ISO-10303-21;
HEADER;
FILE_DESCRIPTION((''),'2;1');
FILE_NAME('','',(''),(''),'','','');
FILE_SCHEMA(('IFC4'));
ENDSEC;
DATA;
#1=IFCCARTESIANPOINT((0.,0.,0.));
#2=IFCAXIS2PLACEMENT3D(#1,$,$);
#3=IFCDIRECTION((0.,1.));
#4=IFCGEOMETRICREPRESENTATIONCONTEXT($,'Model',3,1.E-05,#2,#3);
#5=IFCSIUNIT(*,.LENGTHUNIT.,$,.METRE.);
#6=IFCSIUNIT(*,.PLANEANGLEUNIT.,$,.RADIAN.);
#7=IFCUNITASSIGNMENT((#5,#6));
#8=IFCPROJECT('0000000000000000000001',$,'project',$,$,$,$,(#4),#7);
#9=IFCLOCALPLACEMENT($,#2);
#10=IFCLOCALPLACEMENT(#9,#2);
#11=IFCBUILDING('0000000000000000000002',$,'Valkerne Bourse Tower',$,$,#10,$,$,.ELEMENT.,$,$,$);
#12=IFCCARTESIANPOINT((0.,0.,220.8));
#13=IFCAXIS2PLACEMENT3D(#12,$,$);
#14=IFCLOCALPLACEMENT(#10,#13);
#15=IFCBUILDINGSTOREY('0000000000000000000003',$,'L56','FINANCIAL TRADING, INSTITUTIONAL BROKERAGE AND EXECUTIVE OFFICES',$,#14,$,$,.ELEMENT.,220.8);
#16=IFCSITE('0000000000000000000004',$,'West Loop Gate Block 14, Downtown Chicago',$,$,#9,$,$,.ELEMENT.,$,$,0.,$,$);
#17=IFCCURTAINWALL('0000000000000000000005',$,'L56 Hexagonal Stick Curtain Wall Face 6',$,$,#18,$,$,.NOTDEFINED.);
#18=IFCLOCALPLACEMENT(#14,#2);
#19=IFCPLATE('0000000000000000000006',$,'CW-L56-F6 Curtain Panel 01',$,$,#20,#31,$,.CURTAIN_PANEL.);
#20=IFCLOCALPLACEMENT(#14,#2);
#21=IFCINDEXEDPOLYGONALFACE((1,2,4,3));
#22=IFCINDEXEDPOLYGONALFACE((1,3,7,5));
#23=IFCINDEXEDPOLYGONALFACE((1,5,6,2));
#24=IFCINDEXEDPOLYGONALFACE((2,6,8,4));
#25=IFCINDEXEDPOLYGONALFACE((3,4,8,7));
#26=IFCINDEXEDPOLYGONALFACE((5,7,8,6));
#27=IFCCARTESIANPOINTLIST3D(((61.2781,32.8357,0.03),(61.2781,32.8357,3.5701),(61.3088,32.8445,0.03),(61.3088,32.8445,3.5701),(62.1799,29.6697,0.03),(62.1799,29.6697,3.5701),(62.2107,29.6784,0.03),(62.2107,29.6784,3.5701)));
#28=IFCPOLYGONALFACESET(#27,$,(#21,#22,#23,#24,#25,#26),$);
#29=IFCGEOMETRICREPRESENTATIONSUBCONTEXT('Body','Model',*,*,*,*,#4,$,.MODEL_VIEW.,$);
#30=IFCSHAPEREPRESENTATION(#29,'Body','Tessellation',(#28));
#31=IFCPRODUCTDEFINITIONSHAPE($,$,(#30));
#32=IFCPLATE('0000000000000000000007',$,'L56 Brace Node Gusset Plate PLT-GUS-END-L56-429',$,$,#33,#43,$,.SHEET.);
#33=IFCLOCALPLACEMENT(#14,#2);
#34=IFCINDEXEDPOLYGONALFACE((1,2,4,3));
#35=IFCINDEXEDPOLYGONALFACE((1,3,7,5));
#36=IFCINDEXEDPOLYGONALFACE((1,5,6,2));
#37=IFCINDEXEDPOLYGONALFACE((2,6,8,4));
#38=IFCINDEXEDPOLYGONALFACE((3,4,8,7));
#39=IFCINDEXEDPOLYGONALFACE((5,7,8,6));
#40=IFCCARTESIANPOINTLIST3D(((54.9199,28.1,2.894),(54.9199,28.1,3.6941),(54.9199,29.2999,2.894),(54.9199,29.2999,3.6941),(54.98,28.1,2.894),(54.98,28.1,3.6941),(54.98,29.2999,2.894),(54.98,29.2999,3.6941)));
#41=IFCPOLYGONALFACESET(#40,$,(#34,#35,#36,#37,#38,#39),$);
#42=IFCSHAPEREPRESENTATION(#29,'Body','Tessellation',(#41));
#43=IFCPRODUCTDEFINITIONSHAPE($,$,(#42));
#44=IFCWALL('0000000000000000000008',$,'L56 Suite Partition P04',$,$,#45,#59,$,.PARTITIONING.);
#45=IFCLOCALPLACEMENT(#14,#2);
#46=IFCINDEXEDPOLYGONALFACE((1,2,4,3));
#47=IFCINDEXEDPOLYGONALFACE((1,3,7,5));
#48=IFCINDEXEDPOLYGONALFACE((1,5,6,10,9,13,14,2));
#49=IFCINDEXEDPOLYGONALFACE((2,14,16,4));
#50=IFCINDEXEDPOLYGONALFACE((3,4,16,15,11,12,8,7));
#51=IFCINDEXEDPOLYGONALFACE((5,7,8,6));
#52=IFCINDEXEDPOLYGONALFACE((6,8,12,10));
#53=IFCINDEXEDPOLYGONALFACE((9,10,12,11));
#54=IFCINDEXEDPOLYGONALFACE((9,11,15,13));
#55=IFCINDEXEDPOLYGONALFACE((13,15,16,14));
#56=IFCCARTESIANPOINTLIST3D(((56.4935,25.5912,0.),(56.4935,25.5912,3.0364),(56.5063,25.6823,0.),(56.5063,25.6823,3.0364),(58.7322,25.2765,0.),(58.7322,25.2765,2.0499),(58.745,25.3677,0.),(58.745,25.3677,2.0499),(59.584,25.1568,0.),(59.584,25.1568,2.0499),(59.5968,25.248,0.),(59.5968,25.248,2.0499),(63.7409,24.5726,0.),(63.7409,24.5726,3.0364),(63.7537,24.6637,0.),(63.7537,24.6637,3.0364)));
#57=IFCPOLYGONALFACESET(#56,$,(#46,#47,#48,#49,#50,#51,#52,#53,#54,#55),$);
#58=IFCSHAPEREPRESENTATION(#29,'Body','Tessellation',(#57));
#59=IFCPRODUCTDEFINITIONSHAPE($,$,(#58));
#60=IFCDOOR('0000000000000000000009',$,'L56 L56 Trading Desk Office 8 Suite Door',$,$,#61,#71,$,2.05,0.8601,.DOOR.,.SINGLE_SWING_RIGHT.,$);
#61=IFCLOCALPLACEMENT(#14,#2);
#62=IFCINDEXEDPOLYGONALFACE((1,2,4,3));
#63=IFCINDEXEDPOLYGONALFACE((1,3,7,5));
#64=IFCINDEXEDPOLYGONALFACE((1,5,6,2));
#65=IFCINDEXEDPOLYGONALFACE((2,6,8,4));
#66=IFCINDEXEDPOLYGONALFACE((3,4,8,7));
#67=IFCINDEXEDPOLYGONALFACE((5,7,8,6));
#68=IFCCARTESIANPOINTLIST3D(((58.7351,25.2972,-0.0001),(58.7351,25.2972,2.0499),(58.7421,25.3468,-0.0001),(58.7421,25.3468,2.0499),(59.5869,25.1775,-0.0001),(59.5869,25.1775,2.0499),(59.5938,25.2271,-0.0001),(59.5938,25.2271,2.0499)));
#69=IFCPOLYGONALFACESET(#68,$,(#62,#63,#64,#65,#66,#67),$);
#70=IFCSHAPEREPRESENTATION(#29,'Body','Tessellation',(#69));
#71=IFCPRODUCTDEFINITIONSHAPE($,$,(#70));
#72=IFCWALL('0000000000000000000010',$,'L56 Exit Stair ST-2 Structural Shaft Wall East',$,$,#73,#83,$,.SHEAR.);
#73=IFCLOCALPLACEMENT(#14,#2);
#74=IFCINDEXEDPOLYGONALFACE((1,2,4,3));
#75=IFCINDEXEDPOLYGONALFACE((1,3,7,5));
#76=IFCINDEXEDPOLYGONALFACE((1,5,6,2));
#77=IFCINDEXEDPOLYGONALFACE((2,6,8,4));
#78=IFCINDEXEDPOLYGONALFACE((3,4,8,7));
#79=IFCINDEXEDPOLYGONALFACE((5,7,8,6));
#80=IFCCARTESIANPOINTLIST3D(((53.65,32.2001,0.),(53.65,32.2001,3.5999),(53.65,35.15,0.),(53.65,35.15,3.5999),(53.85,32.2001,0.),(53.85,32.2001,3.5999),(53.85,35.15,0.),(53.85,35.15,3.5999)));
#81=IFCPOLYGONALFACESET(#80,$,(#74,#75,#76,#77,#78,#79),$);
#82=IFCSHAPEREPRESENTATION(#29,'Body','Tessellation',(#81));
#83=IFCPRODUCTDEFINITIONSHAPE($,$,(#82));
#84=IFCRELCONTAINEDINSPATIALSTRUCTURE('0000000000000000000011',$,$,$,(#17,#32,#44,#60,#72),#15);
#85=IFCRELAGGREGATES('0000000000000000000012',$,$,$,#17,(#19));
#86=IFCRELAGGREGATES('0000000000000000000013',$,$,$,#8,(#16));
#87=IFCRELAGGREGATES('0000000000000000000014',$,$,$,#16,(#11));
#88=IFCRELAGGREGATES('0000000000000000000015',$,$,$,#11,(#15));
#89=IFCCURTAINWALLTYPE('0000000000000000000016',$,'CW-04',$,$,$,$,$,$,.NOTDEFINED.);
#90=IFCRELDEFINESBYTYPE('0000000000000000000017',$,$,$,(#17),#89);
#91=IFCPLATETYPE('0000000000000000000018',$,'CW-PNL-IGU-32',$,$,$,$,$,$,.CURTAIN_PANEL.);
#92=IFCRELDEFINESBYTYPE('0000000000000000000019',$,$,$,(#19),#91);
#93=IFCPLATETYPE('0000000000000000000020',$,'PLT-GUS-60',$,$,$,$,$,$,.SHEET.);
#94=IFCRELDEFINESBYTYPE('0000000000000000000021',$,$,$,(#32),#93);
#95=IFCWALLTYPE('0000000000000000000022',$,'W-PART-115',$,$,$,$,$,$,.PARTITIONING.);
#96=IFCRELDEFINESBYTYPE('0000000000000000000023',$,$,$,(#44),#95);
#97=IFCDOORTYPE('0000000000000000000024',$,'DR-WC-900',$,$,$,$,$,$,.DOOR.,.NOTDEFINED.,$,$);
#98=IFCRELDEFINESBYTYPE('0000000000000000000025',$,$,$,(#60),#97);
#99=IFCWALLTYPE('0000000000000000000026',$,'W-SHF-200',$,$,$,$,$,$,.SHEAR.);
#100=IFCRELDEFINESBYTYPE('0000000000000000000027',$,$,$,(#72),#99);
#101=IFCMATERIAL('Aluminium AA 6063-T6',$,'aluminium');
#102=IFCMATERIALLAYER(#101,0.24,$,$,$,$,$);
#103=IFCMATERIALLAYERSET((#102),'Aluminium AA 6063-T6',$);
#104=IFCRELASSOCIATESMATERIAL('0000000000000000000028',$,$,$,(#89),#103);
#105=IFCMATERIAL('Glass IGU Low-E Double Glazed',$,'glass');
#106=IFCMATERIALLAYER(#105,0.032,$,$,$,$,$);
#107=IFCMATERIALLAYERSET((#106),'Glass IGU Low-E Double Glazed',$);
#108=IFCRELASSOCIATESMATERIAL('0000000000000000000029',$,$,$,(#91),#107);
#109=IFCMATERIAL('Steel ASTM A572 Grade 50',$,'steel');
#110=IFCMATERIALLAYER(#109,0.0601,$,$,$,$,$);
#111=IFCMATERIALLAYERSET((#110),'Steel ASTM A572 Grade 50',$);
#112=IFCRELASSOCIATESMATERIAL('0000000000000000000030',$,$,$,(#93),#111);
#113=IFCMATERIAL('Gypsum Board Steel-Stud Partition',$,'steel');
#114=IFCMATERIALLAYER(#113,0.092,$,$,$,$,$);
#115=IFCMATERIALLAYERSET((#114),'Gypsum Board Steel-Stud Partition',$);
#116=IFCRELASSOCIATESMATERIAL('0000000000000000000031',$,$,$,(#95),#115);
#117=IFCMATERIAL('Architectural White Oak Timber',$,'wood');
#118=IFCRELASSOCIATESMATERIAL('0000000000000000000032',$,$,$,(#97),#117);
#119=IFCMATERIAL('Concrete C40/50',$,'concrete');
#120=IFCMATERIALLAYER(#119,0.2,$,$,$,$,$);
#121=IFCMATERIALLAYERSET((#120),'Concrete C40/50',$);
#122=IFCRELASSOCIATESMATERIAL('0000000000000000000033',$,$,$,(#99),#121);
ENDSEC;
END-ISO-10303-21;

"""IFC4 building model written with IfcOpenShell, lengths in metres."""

from ifc_helpers import new_model, si_unit, direction, frame, frame_2d, origin, origin_2d, place, context, subcontext, project, spatial, rectangle, extrude, material, layer, layer_set, type_object, element, fill, aggregate, save


model = new_model("IFC4")

# Units and contexts
model_context = context("Model", 3, precision=1e-05, world=origin(), true_north=direction((0.0, 1.0)))
body_context = subcontext(model_context, "Body", "Model", "MODEL_VIEW")
ifc_project = project(units=[si_unit("LENGTHUNIT", "METRE"), si_unit("PLANEANGLEUNIT", "RADIAN")], contexts=[model_context])

# Site, building, storey
site_placement = place(None, origin())
site = spatial("IfcSite", under=ifc_project, at=site_placement, Name="West Loop Gate Block 14, Downtown Chicago", CompositionType="ELEMENT", RefElevation=0.0)
building_placement = place(site_placement, origin())
building = spatial("IfcBuilding", under=site, at=building_placement, Name="Valkerne Bourse Tower", CompositionType="ELEMENT")
storey_placement = place(building_placement, frame((0.0, 0.0, 220.8)))
storey = spatial("IfcBuildingStorey", under=building, at=storey_placement, Name="L56", Description="FINANCIAL TRADING, INSTITUTIONAL BROKERAGE AND EXECUTIVE OFFICES", CompositionType="ELEMENT", Elevation=220.8)

# Curtain wall
ifc_material_1 = material(Name="Aluminium AA 6063-T6", Category="aluminium")
ifc_layer_1 = layer(ifc_material_1, 0.24)
ifc_layer_set_1 = layer_set([ifc_layer_1], Name="Aluminium AA 6063-T6")
curtain_wall_type = type_object("IfcCurtainWallType", Name="CW-04", PredefinedType="NOTDEFINED", material=ifc_layer_set_1)
curtain_wall_placement = place(storey_placement, origin())
curtain_wall = element("IfcCurtainWall", 1, at=curtain_wall_placement, inside=storey, type_object=curtain_wall_type, Name="L56 Hexagonal Stick Curtain Wall Face 6", PredefinedType="NOTDEFINED")

# Plates
ifc_material_2 = material(Name="Glass IGU Low-E Double Glazed", Category="glass")
ifc_layer_2 = layer(ifc_material_2, 0.032)
ifc_layer_set_2 = layer_set([ifc_layer_2], Name="Glass IGU Low-E Double Glazed")
plate_type_1 = type_object("IfcPlateType", Name="CW-PNL-IGU-32", PredefinedType="CURTAIN_PANEL", material=ifc_layer_set_2)
plate_1_placement = place(storey_placement, frame((61.7444, 31.2571, 0.03), z_axis=(0.0, 0.0, 1.0), x_axis=(-0.273953, 0.961743, 0.0)))
plate_1 = element("IfcPlate", 2, at=plate_1_placement, type_object=plate_type_1, Name="CW-L56-F6 Curtain Panel 01", PredefinedType="CURTAIN_PANEL", context=body_context, shape_type="SweptSolid", body=[
    extrude(rectangle(XDim=3.292, YDim=0.032, at=origin_2d()), origin(), (0.0, 0.0, 1.0), 3.54),
])
aggregate(curtain_wall, [plate_1])
ifc_material_3 = material(Name="Steel ASTM A572 Grade 50", Category="steel")
ifc_layer_3 = layer(ifc_material_3, 0.0601)
ifc_layer_set_3 = layer_set([ifc_layer_3], Name="Steel ASTM A572 Grade 50")
plate_type_2 = type_object("IfcPlateType", Name="PLT-GUS-60", PredefinedType="SHEET", material=ifc_layer_set_3)
plate_2_placement = place(storey_placement, frame((54.95, 28.7, 2.894), z_axis=(0.0, 0.0, 1.0), x_axis=(0.0, 1.0, 0.0)))
element("IfcPlate", 3, at=plate_2_placement, inside=storey, type_object=plate_type_2, Name="L56 Brace Node Gusset Plate PLT-GUS-END-L56-429", PredefinedType="SHEET", context=body_context, shape_type="SweptSolid", body=[
    extrude(rectangle(XDim=1.2, YDim=0.0601, at=origin_2d()), origin(), (0.0, 0.0, 1.0), 0.8),
])

# Wall, opening, door
ifc_material_4 = material(Name="Gypsum Board Steel-Stud Partition", Category="steel")
ifc_layer_4 = layer(ifc_material_4, 0.092)
ifc_layer_set_4 = layer_set([ifc_layer_4], Name="Gypsum Board Steel-Stud Partition")
wall_type_1 = type_object("IfcWallType", Name="W-PART-115", PredefinedType="PARTITIONING", material=ifc_layer_set_4)
wall_1_placement = place(storey_placement, frame((56.5, 25.6367, 0.0), z_axis=(0.0, 0.0, 1.0), x_axis=(0.990268, -0.139175, 0.0)))
wall_1 = element("IfcWall", 4, at=wall_1_placement, inside=storey, type_object=wall_type_1, Name="L56 Suite Partition P04", PredefinedType="PARTITIONING", context=body_context, shape_type="SweptSolid", body=[
    extrude(rectangle(XDim=7.3186, YDim=0.092, at=frame_2d((3.6592, 0.0))), origin(), (0.0, 0.0, 1.0), 3.0364),
])
opening_placement = place(wall_1_placement, frame((2.2605, 0.0, 0.0)))
opening = element("IfcOpeningElement", 5, at=opening_placement, cuts=wall_1, PredefinedType="OPENING", context=body_context, shape_type="SweptSolid", body=[
    extrude(rectangle(XDim=0.8601, YDim=2.05, at=frame_2d((0.4302, 1.0249))), frame((0.0, 0.0559, 0.0), z_axis=(0.0, -1.0, 0.0), x_axis=(1.0, 0.0, 0.0)), (0.0, 0.0, 1.0), 0.1121),
])
ifc_material_5 = material(Name="Architectural White Oak Timber", Category="wood")
door_type = type_object("IfcDoorType", Name="DR-WC-900", OperationType="NOTDEFINED", PredefinedType="DOOR", material=ifc_material_5)
door_placement = place(opening_placement, origin())
door = element("IfcDoor", 6, at=door_placement, inside=storey, type_object=door_type, Name="L56 L56 Trading Desk Office 8 Suite Door", OperationType="SINGLE_SWING_RIGHT", OverallHeight=2.05, OverallWidth=0.8601, PredefinedType="DOOR", context=body_context, shape_type="SweptSolid", body=[
    extrude(rectangle(XDim=0.8601, YDim=2.05, at=frame_2d((0.4302, 1.0249))), frame((0.0, 0.0249, 0.0), z_axis=(0.0, -1.0, 0.0), x_axis=(1.0, 0.0, 0.0)), (0.0, 0.0, 1.0), 0.05),
])
fill(opening, door)

# Wall
ifc_material_6 = material(Name="Concrete C40/50", Category="concrete")
ifc_layer_5 = layer(ifc_material_6, 0.2)
ifc_layer_set_5 = layer_set([ifc_layer_5], Name="Concrete C40/50")
wall_type_2 = type_object("IfcWallType", Name="W-SHF-200", PredefinedType="SHEAR", material=ifc_layer_set_5)
wall_2_placement = place(storey_placement, frame((53.75, 32.2, 0.0), z_axis=(0.0, 0.0, 1.0), x_axis=(0.0, 1.0, 0.0)))
element("IfcWall", 7, at=wall_2_placement, inside=storey, type_object=wall_type_2, Name="L56 Exit Stair ST-2 Structural Shaft Wall East", PredefinedType="SHEAR", context=body_context, shape_type="SweptSolid", body=[
    extrude(rectangle(XDim=2.95, YDim=0.2, at=frame_2d((1.4751, 0.0))), origin(), (0.0, 0.0, 1.0), 3.5999),
])

save(model, "model.ifc")
